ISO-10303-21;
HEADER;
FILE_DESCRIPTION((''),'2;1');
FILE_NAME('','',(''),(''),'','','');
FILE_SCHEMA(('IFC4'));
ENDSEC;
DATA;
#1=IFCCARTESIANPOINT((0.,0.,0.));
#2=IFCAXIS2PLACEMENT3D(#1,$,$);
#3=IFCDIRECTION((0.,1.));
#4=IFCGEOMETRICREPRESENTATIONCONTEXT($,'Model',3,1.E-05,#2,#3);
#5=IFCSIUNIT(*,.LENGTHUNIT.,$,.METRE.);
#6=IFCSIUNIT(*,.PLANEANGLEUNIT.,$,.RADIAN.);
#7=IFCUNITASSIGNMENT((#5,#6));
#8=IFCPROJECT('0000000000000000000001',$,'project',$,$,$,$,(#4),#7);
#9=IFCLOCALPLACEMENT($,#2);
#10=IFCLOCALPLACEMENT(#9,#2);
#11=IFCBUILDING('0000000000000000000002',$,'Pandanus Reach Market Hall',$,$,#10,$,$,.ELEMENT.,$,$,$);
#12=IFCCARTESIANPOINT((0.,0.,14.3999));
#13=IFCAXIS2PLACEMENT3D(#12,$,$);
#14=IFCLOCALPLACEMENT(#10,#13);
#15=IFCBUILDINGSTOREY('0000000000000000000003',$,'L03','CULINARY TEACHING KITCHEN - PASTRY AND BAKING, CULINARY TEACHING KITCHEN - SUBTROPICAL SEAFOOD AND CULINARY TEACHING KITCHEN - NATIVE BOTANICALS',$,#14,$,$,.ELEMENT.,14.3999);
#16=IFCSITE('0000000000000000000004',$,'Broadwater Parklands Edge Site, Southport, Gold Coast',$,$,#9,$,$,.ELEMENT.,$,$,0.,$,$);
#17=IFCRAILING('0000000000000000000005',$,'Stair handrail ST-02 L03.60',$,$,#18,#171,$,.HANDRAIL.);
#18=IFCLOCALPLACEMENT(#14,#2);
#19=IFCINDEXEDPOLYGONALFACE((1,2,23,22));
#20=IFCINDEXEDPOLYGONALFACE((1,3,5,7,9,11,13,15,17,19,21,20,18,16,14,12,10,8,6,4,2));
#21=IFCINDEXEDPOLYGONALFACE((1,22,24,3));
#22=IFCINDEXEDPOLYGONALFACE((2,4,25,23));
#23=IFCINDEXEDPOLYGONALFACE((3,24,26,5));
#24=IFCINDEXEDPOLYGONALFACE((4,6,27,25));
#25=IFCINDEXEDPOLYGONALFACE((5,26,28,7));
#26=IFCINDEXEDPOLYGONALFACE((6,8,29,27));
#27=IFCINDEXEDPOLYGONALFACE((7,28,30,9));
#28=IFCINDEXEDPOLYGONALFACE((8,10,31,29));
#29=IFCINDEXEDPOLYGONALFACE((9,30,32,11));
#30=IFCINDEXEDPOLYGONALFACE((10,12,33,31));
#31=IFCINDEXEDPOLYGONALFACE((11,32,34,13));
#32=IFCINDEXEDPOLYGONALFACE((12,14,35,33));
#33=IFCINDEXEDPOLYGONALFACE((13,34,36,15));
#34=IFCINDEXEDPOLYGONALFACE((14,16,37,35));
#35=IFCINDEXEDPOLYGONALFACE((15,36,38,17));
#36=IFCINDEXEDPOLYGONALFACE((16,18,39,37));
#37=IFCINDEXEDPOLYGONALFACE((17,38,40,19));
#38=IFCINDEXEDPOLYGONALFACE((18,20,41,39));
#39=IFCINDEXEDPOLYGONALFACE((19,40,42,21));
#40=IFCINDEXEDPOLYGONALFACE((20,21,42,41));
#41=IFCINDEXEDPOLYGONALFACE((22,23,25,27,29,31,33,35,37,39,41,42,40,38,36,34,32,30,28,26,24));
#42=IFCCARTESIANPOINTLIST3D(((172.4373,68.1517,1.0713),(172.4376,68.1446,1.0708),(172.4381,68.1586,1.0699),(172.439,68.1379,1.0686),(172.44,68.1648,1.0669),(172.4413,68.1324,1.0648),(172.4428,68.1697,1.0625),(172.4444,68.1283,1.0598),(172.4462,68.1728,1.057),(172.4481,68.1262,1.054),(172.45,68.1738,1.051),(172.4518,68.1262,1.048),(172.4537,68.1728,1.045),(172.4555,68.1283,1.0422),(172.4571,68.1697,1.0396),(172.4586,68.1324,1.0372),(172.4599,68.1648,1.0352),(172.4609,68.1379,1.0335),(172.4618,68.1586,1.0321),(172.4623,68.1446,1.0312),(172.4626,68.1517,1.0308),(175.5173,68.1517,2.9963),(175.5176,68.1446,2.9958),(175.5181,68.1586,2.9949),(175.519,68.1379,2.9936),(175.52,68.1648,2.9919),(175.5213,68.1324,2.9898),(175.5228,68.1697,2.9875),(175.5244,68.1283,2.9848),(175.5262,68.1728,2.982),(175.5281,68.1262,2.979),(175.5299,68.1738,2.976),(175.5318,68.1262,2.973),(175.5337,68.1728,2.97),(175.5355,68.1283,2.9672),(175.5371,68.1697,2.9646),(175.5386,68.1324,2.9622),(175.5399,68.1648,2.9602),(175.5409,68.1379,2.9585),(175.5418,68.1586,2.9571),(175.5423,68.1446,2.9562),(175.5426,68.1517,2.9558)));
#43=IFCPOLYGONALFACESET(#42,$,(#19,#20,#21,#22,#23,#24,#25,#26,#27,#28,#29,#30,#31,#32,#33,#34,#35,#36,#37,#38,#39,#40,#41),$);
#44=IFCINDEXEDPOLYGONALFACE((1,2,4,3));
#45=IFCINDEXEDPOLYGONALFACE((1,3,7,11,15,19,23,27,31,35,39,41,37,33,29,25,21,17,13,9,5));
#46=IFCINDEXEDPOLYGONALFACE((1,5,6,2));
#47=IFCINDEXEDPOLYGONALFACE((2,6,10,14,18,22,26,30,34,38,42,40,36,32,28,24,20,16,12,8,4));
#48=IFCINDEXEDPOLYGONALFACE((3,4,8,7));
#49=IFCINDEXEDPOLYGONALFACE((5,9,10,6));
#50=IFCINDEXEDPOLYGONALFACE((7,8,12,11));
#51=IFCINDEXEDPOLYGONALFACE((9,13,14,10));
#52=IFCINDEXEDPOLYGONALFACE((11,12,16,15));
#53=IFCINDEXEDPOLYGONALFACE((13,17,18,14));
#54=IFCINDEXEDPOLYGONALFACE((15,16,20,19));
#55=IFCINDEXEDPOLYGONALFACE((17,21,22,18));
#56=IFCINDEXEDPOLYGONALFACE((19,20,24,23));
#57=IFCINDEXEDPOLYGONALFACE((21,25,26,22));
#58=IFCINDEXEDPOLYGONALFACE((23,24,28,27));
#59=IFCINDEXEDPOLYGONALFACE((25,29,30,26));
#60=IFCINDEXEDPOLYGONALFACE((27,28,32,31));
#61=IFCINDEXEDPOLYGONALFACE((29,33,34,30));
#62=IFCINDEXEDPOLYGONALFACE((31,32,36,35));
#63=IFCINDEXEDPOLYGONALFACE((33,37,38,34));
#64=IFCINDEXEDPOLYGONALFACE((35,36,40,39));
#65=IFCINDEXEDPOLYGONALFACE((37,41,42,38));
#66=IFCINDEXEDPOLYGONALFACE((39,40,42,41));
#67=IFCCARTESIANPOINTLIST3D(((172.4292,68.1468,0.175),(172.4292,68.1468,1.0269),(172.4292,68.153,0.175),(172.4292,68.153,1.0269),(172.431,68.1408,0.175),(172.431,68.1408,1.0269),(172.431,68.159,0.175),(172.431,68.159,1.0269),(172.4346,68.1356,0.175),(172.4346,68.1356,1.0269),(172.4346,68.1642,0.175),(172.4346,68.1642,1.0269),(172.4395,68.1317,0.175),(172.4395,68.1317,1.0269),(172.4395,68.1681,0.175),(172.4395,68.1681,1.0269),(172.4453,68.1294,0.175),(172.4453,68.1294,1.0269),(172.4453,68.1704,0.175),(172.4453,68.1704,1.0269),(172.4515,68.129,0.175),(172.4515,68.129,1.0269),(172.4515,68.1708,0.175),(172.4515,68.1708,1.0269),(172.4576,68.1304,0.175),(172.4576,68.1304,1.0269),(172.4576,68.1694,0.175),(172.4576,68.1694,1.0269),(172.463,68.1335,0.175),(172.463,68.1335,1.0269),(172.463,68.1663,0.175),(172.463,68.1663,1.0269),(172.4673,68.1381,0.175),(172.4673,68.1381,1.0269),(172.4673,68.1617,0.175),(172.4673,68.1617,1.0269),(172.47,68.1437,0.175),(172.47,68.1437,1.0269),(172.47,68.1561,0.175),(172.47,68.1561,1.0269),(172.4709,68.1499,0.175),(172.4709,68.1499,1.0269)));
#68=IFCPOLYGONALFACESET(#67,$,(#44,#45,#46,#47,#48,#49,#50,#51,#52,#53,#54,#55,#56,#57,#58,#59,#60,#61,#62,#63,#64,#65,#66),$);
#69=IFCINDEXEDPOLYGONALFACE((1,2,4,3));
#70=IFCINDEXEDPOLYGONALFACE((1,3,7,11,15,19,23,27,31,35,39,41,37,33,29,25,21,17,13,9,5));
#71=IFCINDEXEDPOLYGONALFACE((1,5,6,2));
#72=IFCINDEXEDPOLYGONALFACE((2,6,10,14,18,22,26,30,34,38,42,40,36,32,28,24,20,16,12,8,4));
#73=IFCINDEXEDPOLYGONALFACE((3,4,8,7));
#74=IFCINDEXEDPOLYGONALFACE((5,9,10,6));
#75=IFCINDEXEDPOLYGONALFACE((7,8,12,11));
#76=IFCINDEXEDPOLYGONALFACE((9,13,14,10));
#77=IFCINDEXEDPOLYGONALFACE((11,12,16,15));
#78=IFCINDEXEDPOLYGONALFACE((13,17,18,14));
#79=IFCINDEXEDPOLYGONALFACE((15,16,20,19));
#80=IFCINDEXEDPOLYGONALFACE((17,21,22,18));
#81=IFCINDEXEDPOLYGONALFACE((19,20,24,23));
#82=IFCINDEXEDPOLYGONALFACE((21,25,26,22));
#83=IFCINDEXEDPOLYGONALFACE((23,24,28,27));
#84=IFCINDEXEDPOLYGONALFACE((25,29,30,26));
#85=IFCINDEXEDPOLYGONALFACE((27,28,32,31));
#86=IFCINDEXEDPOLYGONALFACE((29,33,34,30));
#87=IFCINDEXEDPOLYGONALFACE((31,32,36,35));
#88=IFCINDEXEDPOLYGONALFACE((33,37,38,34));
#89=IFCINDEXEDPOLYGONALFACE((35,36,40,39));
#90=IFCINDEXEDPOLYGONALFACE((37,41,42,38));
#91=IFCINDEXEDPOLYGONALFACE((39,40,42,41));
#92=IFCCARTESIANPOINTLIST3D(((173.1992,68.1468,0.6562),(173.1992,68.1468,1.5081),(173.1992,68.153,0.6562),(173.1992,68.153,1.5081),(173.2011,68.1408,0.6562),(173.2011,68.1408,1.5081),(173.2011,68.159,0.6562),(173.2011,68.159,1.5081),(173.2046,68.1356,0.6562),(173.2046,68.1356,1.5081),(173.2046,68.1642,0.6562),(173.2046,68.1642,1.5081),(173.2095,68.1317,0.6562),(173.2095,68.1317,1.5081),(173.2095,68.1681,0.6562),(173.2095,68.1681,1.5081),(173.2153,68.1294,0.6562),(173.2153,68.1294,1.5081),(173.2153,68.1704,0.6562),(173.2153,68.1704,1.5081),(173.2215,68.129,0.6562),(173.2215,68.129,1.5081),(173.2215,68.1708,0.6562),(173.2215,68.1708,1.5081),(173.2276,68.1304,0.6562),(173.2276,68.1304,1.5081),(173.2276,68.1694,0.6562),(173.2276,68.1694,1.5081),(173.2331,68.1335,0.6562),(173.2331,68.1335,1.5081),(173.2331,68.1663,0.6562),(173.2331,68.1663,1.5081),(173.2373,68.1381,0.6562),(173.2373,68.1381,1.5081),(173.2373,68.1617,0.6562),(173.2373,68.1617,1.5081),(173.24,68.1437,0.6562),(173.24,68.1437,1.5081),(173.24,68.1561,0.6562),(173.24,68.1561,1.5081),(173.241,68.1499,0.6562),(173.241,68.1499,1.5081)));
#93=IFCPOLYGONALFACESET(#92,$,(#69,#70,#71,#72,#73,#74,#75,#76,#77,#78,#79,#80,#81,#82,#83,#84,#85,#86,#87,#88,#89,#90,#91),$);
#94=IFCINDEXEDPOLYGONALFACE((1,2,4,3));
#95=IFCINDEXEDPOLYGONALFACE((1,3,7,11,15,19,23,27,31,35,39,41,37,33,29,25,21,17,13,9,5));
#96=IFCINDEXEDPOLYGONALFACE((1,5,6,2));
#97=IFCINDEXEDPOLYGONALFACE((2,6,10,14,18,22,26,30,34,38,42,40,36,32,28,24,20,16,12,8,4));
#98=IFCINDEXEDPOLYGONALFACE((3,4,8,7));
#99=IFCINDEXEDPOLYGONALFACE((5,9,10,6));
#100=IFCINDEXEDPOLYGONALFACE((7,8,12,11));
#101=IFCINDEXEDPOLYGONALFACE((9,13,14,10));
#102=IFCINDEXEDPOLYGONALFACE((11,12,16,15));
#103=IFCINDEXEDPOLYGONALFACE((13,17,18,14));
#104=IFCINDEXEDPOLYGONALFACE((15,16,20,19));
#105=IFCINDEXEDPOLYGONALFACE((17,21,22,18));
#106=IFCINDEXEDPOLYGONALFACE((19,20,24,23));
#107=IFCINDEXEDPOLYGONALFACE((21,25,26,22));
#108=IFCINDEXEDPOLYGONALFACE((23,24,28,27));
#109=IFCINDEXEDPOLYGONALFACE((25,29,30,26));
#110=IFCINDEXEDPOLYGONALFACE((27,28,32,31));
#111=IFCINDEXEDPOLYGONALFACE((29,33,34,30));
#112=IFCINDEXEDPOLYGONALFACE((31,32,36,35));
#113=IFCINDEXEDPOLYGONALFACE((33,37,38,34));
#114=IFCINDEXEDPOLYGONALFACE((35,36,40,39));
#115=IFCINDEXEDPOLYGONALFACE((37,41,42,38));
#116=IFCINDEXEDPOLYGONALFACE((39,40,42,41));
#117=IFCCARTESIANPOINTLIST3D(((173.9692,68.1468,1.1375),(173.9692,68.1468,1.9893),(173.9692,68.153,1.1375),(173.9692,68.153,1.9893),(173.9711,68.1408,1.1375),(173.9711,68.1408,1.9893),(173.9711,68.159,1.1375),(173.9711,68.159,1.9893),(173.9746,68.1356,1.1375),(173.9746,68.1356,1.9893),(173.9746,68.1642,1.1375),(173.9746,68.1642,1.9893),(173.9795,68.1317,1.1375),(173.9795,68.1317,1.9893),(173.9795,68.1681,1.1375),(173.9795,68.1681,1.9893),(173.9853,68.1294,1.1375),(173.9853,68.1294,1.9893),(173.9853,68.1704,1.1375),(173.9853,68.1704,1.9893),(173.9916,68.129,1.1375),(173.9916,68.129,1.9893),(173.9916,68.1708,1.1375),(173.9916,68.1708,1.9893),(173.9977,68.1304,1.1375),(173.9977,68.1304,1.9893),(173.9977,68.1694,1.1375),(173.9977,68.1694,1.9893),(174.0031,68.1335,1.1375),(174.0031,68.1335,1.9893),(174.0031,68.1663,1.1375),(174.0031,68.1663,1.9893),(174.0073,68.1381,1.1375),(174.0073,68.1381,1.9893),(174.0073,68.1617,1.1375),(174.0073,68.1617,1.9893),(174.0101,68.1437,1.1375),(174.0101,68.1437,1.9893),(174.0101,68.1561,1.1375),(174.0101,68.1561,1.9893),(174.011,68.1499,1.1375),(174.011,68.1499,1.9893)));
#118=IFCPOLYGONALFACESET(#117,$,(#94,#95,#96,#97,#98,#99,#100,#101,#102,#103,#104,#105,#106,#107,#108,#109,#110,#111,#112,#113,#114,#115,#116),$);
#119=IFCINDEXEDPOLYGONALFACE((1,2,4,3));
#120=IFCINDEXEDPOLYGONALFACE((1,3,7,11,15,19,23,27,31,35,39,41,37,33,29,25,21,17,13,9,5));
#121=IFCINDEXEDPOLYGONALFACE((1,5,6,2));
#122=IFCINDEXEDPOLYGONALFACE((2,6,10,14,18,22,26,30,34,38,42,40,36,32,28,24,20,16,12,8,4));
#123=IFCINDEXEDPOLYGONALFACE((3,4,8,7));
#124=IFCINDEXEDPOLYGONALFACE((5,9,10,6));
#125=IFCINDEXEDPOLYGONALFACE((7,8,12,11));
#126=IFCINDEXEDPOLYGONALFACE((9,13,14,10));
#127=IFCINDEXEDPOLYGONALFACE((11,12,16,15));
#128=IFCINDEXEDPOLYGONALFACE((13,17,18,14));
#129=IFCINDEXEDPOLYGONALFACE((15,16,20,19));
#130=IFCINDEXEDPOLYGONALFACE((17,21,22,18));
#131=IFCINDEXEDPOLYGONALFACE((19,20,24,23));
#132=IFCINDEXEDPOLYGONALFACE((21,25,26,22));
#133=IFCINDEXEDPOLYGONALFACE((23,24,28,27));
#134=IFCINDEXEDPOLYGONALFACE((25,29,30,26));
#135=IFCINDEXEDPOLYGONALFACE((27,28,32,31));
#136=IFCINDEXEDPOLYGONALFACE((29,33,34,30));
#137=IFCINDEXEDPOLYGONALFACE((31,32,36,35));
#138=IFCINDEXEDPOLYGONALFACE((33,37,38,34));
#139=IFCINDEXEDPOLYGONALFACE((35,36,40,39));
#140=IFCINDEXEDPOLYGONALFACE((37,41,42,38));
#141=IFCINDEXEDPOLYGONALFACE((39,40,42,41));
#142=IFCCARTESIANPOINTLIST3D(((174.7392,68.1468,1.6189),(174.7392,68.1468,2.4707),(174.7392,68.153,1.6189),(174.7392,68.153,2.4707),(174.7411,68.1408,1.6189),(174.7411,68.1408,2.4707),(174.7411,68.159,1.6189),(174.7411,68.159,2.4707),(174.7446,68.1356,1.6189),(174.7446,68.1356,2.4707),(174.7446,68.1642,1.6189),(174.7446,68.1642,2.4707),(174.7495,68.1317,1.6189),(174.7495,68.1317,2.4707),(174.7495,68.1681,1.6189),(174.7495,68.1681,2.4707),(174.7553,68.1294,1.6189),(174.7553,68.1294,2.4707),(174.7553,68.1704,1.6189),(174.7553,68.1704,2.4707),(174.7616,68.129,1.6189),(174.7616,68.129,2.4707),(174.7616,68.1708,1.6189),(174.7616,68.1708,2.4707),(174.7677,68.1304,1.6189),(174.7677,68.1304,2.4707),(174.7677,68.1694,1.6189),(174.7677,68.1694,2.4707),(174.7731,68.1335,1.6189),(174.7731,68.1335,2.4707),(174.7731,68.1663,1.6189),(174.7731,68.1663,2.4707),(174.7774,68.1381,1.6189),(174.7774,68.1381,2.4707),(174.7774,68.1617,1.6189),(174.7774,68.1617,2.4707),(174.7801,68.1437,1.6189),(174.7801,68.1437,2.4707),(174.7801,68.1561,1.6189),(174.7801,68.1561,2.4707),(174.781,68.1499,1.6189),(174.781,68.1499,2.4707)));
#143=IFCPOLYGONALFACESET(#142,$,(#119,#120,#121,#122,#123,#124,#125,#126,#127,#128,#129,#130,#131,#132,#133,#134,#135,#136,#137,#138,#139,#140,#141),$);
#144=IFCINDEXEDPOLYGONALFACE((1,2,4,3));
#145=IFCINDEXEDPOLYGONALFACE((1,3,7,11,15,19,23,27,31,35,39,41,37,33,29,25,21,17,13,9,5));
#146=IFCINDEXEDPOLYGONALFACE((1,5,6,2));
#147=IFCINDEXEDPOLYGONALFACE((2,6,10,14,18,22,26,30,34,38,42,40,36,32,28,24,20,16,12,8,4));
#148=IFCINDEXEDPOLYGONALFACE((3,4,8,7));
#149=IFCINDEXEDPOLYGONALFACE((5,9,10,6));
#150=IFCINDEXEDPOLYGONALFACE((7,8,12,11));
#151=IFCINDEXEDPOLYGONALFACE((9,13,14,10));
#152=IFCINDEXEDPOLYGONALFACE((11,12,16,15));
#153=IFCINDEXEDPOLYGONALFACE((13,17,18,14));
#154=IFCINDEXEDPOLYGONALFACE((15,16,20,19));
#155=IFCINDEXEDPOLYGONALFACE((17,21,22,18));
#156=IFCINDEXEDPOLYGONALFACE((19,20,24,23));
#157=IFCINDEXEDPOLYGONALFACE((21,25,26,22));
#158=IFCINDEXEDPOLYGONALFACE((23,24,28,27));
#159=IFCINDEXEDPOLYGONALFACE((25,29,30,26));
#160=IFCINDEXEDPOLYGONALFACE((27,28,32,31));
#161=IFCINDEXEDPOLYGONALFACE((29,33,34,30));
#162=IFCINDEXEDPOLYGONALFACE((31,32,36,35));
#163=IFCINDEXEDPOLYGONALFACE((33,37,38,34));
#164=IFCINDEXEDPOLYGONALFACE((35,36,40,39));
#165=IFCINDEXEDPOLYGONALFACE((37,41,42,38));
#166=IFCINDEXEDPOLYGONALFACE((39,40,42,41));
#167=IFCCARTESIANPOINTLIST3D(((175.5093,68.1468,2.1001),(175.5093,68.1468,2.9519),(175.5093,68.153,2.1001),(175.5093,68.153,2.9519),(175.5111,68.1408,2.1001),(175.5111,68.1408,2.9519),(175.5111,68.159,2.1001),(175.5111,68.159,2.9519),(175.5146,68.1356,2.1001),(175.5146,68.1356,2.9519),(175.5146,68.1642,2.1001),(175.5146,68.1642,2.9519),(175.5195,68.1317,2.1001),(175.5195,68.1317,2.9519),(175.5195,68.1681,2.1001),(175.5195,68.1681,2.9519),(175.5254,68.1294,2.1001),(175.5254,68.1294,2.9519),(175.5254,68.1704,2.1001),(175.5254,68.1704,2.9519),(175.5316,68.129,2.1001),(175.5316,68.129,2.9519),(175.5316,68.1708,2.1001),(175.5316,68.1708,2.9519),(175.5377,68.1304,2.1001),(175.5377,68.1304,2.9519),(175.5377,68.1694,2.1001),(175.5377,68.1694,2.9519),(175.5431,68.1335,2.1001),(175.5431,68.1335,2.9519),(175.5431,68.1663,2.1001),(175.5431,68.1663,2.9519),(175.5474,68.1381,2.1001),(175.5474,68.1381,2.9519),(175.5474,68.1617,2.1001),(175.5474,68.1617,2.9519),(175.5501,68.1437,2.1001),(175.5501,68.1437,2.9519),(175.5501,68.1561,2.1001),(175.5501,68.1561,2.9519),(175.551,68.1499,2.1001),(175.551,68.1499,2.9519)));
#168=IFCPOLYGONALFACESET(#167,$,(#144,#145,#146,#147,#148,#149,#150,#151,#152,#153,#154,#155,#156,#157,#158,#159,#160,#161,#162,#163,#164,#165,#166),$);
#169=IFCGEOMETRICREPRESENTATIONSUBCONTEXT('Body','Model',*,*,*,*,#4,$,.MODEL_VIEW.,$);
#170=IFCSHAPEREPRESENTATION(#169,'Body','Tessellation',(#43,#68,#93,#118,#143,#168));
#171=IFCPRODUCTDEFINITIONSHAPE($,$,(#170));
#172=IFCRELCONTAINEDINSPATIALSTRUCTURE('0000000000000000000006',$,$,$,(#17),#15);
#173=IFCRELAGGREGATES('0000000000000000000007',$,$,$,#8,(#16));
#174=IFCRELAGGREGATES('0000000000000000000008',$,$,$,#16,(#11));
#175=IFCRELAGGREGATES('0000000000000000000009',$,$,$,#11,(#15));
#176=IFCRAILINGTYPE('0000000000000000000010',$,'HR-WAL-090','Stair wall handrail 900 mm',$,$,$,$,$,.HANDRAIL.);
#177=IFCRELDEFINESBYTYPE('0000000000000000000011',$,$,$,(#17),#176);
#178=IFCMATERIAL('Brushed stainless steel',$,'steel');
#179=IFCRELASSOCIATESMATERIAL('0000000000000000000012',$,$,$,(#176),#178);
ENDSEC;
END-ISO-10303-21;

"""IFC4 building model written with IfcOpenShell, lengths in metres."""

from ifc_helpers import new_model, si_unit, direction, frame, origin, origin_2d, place, context, subcontext, project, spatial, circle, extrude, material, type_object, element, save


model = new_model("IFC4")

# Units and contexts
model_context = context("Model", 3, precision=1e-05, world=origin(), true_north=direction((0.0, 1.0)))
body_context = subcontext(model_context, "Body", "Model", "MODEL_VIEW")
ifc_project = project(units=[si_unit("LENGTHUNIT", "METRE"), si_unit("PLANEANGLEUNIT", "RADIAN")], contexts=[model_context])

# Site, building, storey
site_placement = place(None, origin())
site = spatial("IfcSite", under=ifc_project, at=site_placement, Name="Broadwater Parklands Edge Site, Southport, Gold Coast", CompositionType="ELEMENT", RefElevation=0.0)
building_placement = place(site_placement, origin())
building = spatial("IfcBuilding", under=site, at=building_placement, Name="Pandanus Reach Market Hall", CompositionType="ELEMENT")
storey_placement = place(building_placement, frame((0.0, 0.0, 14.3999)))
storey = spatial("IfcBuildingStorey", under=building, at=storey_placement, Name="L03", Description="CULINARY TEACHING KITCHEN - PASTRY AND BAKING, CULINARY TEACHING KITCHEN - SUBTROPICAL SEAFOOD AND CULINARY TEACHING KITCHEN - NATIVE BOTANICALS", CompositionType="ELEMENT", Elevation=14.3999)

# Railing
ifc_material_1 = material(Name="Brushed stainless steel", Category="steel")
railing_type_1 = type_object("IfcRailingType", Name="HR-WAL-090", Description="Stair wall handrail 900 mm", PredefinedType="HANDRAIL", material=ifc_material_1)
railing_1_placement = place(storey_placement, frame((172.45, 68.1499, 0.175)))
element("IfcRailing", 1, at=railing_1_placement, inside=storey, type_object=railing_type_1, Name="Stair handrail ST-02 L03.60", PredefinedType="HANDRAIL", context=body_context, shape_type="SweptSolid", body=[
    extrude(circle(Radius=0.0239, at=origin_2d()), frame((0.0, 0.0, 0.876), z_axis=(0.847998, 0.0, 0.529999), x_axis=(0.0, 1.0, 0.0)), (0.0, 0.0, 1.0), 3.6321),
    extrude(circle(Radius=0.021, at=origin_2d()), origin(), (0.0, 0.0, 1.0), 0.8518),
    extrude(circle(Radius=0.021, at=origin_2d()), frame((0.77, 0.0, 0.4812)), (0.0, 0.0, 1.0), 0.8518),
    extrude(circle(Radius=0.021, at=origin_2d()), frame((1.54, 0.0, 0.9624)), (0.0, 0.0, 1.0), 0.8518),
    extrude(circle(Radius=0.021, at=origin_2d()), frame((2.3101, 0.0, 1.4438)), (0.0, 0.0, 1.0), 0.8518),
    extrude(circle(Radius=0.021, at=origin_2d()), frame((3.0801, 0.0, 1.925)), (0.0, 0.0, 1.0), 0.8518),
])

save(model, "model.ifc")
